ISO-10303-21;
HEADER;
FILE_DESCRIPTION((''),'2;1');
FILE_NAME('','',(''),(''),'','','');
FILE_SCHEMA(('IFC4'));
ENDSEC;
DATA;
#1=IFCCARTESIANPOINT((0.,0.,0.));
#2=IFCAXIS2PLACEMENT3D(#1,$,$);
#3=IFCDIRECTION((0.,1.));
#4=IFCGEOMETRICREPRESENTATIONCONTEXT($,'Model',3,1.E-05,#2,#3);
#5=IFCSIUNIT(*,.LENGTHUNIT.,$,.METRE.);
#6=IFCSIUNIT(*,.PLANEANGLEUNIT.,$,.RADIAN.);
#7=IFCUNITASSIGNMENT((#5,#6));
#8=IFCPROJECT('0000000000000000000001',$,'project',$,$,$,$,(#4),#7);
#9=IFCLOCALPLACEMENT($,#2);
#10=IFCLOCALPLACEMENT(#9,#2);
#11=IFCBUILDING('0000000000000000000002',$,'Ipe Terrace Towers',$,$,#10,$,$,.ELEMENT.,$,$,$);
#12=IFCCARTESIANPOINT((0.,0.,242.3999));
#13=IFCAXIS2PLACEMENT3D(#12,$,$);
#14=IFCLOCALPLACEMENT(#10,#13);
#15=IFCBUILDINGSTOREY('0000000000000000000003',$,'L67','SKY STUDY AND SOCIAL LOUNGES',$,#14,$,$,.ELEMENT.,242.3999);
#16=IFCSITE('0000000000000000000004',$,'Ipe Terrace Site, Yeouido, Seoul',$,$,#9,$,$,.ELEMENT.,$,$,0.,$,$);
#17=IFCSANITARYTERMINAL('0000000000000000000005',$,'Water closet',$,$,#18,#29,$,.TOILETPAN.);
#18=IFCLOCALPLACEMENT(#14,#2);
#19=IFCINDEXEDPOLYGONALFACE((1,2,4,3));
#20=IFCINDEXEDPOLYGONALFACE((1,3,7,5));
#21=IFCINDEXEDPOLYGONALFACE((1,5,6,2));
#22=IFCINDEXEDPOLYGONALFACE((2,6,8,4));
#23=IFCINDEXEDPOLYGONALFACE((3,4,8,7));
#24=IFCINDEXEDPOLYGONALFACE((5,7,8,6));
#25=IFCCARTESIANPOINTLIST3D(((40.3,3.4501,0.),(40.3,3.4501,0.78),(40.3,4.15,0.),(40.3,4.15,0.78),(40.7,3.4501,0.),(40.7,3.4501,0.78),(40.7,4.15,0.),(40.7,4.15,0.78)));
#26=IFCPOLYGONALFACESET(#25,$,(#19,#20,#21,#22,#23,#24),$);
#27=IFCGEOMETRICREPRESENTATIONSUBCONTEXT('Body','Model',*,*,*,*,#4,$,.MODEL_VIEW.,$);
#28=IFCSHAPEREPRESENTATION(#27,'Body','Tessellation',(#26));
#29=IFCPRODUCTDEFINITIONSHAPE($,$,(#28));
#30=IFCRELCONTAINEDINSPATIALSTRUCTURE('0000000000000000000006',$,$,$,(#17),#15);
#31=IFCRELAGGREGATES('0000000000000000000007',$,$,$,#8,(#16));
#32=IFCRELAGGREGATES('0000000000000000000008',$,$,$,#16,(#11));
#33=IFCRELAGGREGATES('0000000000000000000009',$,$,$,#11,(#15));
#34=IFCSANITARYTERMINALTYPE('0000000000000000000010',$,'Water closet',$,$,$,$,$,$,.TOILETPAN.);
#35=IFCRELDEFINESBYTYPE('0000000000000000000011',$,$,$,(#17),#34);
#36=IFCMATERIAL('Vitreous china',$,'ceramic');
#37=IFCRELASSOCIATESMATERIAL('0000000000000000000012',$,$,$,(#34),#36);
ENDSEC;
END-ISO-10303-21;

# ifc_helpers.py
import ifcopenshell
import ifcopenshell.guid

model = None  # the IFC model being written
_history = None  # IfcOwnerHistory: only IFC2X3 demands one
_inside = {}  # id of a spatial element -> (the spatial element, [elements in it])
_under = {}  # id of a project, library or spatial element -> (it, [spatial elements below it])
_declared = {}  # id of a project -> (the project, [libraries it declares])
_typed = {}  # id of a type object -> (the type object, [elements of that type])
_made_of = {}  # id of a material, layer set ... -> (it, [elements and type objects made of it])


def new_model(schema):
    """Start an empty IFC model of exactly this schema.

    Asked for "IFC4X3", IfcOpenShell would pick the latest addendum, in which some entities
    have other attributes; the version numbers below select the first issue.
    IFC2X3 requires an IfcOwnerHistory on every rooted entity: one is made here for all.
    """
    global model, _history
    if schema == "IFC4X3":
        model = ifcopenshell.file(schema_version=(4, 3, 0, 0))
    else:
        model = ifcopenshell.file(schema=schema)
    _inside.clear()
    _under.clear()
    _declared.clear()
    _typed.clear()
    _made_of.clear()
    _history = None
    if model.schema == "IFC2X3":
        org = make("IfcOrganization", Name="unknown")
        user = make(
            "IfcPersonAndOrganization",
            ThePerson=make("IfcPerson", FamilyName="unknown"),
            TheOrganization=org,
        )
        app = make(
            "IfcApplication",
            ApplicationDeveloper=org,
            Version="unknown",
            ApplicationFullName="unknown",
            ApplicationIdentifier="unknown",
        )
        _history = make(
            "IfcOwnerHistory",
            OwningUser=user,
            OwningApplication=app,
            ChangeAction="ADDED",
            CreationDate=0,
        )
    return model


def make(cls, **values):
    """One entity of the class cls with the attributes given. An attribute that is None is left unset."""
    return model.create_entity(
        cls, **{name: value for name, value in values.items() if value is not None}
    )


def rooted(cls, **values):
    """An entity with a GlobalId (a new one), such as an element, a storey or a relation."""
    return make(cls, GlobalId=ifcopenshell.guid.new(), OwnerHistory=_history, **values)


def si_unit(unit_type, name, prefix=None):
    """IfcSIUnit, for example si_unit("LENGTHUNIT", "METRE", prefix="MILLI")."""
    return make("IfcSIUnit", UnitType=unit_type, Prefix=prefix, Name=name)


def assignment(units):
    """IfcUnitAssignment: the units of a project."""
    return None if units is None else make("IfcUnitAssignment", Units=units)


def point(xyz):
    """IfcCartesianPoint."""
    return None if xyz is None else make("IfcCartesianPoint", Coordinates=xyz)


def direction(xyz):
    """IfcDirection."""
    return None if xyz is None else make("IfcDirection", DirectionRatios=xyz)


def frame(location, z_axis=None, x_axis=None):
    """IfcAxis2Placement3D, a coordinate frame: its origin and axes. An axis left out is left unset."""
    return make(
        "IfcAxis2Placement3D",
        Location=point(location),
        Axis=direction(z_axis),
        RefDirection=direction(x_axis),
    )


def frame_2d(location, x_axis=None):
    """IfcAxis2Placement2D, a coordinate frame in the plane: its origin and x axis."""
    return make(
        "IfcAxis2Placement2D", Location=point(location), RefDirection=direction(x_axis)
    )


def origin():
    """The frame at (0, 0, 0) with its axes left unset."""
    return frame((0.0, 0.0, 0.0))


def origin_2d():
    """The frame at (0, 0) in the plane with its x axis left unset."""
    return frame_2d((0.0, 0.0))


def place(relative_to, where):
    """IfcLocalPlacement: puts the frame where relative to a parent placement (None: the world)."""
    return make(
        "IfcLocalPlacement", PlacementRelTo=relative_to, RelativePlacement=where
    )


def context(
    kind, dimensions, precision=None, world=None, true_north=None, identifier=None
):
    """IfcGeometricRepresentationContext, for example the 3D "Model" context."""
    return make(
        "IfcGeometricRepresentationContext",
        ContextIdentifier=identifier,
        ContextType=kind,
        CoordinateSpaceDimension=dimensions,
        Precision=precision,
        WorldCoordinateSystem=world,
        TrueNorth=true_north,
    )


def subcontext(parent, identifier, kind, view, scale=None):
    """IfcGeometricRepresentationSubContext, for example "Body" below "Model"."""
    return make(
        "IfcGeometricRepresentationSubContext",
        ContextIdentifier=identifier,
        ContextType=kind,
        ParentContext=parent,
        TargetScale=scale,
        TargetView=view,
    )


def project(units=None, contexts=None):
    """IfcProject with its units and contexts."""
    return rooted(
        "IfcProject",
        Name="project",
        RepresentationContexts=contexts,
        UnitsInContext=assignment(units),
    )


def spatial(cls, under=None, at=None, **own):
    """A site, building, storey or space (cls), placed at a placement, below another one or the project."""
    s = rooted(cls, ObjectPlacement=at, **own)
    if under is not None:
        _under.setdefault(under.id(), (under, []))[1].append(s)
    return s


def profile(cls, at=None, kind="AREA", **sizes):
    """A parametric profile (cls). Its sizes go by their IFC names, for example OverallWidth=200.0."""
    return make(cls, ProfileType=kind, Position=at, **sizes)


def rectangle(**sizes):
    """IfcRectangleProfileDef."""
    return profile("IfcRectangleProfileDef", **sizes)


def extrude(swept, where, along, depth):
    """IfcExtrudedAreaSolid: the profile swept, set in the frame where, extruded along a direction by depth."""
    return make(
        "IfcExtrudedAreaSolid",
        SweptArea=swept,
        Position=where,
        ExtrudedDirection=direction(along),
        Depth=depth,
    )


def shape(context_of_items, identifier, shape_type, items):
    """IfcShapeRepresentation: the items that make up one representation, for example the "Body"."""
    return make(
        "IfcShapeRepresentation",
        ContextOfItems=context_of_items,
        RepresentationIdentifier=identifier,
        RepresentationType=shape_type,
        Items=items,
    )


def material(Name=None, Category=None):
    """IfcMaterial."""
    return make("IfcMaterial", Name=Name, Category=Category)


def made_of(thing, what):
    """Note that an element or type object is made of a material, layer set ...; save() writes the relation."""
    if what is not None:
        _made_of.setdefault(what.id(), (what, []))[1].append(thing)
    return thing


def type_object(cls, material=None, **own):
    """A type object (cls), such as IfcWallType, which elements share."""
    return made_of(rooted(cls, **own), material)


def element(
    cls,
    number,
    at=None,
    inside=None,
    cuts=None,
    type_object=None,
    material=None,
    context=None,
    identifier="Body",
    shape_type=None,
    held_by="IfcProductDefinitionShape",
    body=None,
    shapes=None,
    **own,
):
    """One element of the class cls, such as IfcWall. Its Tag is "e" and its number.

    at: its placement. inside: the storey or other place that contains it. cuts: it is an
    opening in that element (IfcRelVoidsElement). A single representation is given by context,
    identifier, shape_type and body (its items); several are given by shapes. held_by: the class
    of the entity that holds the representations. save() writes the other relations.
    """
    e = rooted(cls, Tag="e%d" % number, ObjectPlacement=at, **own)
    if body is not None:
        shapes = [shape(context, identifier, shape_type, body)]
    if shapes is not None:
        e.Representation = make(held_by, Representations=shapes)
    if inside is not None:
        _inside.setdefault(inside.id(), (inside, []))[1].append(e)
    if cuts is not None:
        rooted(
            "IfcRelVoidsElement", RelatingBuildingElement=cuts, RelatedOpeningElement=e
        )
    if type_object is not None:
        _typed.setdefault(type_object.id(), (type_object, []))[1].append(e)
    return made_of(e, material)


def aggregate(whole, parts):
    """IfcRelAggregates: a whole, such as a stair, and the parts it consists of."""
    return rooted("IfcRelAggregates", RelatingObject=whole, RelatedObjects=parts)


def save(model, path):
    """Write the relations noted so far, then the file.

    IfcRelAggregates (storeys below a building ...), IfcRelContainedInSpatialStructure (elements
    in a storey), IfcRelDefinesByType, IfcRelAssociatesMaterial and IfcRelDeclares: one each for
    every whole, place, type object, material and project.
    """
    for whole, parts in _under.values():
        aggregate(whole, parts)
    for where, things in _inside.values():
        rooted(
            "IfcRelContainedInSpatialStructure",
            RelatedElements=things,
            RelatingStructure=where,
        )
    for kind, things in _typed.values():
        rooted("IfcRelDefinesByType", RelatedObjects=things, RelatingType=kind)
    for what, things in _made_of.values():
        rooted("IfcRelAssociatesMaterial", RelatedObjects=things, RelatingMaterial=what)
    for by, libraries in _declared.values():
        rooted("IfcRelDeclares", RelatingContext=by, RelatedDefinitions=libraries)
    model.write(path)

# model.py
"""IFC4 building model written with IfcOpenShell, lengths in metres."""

from ifc_helpers import new_model, si_unit, direction, frame, origin, origin_2d, place, context, subcontext, project, spatial, rectangle, extrude, material, type_object, element, save


model = new_model("IFC4")

# Units and contexts
model_context = context("Model", 3, precision=1e-05, world=origin(), true_north=direction((0.0, 1.0)))
body_context = subcontext(model_context, "Body", "Model", "MODEL_VIEW")
ifc_project = project(units=[si_unit("LENGTHUNIT", "METRE"), si_unit("PLANEANGLEUNIT", "RADIAN")], contexts=[model_context])

# Site, building, storey
site_placement = place(None, origin())
site = spatial("IfcSite", under=ifc_project, at=site_placement, Name="Ipe Terrace Site, Yeouido, Seoul", CompositionType="ELEMENT", RefElevation=0.0)
building_placement = place(site_placement, origin())
building = spatial("IfcBuilding", under=site, at=building_placement, Name="Ipe Terrace Towers", CompositionType="ELEMENT")
storey_placement = place(building_placement, frame((0.0, 0.0, 242.3999)))
storey = spatial("IfcBuildingStorey", under=building, at=storey_placement, Name="L67", Description="SKY STUDY AND SOCIAL LOUNGES", CompositionType="ELEMENT", Elevation=242.3999)

# Sanitary terminal
ifc_material_1 = material(Name="Vitreous china", Category="ceramic")
sanitary_terminal_type_1 = type_object("IfcSanitaryTerminalType", Name="Water closet", PredefinedType="TOILETPAN", material=ifc_material_1)
sanitary_terminal_1_placement = place(storey_placement, frame((40.5, 3.8, 0.0), z_axis=(0.0, 0.0, 1.0), x_axis=(0.0, 1.0, 0.0)))
element("IfcSanitaryTerminal", 1, at=sanitary_terminal_1_placement, inside=storey, type_object=sanitary_terminal_type_1, Name="Water closet", PredefinedType="TOILETPAN", context=body_context, shape_type="SweptSolid", body=[
    extrude(rectangle(XDim=0.7, YDim=0.3999, at=origin_2d()), origin(), (0.0, 0.0, 1.0), 0.78),
])

save(model, "model.ifc")
